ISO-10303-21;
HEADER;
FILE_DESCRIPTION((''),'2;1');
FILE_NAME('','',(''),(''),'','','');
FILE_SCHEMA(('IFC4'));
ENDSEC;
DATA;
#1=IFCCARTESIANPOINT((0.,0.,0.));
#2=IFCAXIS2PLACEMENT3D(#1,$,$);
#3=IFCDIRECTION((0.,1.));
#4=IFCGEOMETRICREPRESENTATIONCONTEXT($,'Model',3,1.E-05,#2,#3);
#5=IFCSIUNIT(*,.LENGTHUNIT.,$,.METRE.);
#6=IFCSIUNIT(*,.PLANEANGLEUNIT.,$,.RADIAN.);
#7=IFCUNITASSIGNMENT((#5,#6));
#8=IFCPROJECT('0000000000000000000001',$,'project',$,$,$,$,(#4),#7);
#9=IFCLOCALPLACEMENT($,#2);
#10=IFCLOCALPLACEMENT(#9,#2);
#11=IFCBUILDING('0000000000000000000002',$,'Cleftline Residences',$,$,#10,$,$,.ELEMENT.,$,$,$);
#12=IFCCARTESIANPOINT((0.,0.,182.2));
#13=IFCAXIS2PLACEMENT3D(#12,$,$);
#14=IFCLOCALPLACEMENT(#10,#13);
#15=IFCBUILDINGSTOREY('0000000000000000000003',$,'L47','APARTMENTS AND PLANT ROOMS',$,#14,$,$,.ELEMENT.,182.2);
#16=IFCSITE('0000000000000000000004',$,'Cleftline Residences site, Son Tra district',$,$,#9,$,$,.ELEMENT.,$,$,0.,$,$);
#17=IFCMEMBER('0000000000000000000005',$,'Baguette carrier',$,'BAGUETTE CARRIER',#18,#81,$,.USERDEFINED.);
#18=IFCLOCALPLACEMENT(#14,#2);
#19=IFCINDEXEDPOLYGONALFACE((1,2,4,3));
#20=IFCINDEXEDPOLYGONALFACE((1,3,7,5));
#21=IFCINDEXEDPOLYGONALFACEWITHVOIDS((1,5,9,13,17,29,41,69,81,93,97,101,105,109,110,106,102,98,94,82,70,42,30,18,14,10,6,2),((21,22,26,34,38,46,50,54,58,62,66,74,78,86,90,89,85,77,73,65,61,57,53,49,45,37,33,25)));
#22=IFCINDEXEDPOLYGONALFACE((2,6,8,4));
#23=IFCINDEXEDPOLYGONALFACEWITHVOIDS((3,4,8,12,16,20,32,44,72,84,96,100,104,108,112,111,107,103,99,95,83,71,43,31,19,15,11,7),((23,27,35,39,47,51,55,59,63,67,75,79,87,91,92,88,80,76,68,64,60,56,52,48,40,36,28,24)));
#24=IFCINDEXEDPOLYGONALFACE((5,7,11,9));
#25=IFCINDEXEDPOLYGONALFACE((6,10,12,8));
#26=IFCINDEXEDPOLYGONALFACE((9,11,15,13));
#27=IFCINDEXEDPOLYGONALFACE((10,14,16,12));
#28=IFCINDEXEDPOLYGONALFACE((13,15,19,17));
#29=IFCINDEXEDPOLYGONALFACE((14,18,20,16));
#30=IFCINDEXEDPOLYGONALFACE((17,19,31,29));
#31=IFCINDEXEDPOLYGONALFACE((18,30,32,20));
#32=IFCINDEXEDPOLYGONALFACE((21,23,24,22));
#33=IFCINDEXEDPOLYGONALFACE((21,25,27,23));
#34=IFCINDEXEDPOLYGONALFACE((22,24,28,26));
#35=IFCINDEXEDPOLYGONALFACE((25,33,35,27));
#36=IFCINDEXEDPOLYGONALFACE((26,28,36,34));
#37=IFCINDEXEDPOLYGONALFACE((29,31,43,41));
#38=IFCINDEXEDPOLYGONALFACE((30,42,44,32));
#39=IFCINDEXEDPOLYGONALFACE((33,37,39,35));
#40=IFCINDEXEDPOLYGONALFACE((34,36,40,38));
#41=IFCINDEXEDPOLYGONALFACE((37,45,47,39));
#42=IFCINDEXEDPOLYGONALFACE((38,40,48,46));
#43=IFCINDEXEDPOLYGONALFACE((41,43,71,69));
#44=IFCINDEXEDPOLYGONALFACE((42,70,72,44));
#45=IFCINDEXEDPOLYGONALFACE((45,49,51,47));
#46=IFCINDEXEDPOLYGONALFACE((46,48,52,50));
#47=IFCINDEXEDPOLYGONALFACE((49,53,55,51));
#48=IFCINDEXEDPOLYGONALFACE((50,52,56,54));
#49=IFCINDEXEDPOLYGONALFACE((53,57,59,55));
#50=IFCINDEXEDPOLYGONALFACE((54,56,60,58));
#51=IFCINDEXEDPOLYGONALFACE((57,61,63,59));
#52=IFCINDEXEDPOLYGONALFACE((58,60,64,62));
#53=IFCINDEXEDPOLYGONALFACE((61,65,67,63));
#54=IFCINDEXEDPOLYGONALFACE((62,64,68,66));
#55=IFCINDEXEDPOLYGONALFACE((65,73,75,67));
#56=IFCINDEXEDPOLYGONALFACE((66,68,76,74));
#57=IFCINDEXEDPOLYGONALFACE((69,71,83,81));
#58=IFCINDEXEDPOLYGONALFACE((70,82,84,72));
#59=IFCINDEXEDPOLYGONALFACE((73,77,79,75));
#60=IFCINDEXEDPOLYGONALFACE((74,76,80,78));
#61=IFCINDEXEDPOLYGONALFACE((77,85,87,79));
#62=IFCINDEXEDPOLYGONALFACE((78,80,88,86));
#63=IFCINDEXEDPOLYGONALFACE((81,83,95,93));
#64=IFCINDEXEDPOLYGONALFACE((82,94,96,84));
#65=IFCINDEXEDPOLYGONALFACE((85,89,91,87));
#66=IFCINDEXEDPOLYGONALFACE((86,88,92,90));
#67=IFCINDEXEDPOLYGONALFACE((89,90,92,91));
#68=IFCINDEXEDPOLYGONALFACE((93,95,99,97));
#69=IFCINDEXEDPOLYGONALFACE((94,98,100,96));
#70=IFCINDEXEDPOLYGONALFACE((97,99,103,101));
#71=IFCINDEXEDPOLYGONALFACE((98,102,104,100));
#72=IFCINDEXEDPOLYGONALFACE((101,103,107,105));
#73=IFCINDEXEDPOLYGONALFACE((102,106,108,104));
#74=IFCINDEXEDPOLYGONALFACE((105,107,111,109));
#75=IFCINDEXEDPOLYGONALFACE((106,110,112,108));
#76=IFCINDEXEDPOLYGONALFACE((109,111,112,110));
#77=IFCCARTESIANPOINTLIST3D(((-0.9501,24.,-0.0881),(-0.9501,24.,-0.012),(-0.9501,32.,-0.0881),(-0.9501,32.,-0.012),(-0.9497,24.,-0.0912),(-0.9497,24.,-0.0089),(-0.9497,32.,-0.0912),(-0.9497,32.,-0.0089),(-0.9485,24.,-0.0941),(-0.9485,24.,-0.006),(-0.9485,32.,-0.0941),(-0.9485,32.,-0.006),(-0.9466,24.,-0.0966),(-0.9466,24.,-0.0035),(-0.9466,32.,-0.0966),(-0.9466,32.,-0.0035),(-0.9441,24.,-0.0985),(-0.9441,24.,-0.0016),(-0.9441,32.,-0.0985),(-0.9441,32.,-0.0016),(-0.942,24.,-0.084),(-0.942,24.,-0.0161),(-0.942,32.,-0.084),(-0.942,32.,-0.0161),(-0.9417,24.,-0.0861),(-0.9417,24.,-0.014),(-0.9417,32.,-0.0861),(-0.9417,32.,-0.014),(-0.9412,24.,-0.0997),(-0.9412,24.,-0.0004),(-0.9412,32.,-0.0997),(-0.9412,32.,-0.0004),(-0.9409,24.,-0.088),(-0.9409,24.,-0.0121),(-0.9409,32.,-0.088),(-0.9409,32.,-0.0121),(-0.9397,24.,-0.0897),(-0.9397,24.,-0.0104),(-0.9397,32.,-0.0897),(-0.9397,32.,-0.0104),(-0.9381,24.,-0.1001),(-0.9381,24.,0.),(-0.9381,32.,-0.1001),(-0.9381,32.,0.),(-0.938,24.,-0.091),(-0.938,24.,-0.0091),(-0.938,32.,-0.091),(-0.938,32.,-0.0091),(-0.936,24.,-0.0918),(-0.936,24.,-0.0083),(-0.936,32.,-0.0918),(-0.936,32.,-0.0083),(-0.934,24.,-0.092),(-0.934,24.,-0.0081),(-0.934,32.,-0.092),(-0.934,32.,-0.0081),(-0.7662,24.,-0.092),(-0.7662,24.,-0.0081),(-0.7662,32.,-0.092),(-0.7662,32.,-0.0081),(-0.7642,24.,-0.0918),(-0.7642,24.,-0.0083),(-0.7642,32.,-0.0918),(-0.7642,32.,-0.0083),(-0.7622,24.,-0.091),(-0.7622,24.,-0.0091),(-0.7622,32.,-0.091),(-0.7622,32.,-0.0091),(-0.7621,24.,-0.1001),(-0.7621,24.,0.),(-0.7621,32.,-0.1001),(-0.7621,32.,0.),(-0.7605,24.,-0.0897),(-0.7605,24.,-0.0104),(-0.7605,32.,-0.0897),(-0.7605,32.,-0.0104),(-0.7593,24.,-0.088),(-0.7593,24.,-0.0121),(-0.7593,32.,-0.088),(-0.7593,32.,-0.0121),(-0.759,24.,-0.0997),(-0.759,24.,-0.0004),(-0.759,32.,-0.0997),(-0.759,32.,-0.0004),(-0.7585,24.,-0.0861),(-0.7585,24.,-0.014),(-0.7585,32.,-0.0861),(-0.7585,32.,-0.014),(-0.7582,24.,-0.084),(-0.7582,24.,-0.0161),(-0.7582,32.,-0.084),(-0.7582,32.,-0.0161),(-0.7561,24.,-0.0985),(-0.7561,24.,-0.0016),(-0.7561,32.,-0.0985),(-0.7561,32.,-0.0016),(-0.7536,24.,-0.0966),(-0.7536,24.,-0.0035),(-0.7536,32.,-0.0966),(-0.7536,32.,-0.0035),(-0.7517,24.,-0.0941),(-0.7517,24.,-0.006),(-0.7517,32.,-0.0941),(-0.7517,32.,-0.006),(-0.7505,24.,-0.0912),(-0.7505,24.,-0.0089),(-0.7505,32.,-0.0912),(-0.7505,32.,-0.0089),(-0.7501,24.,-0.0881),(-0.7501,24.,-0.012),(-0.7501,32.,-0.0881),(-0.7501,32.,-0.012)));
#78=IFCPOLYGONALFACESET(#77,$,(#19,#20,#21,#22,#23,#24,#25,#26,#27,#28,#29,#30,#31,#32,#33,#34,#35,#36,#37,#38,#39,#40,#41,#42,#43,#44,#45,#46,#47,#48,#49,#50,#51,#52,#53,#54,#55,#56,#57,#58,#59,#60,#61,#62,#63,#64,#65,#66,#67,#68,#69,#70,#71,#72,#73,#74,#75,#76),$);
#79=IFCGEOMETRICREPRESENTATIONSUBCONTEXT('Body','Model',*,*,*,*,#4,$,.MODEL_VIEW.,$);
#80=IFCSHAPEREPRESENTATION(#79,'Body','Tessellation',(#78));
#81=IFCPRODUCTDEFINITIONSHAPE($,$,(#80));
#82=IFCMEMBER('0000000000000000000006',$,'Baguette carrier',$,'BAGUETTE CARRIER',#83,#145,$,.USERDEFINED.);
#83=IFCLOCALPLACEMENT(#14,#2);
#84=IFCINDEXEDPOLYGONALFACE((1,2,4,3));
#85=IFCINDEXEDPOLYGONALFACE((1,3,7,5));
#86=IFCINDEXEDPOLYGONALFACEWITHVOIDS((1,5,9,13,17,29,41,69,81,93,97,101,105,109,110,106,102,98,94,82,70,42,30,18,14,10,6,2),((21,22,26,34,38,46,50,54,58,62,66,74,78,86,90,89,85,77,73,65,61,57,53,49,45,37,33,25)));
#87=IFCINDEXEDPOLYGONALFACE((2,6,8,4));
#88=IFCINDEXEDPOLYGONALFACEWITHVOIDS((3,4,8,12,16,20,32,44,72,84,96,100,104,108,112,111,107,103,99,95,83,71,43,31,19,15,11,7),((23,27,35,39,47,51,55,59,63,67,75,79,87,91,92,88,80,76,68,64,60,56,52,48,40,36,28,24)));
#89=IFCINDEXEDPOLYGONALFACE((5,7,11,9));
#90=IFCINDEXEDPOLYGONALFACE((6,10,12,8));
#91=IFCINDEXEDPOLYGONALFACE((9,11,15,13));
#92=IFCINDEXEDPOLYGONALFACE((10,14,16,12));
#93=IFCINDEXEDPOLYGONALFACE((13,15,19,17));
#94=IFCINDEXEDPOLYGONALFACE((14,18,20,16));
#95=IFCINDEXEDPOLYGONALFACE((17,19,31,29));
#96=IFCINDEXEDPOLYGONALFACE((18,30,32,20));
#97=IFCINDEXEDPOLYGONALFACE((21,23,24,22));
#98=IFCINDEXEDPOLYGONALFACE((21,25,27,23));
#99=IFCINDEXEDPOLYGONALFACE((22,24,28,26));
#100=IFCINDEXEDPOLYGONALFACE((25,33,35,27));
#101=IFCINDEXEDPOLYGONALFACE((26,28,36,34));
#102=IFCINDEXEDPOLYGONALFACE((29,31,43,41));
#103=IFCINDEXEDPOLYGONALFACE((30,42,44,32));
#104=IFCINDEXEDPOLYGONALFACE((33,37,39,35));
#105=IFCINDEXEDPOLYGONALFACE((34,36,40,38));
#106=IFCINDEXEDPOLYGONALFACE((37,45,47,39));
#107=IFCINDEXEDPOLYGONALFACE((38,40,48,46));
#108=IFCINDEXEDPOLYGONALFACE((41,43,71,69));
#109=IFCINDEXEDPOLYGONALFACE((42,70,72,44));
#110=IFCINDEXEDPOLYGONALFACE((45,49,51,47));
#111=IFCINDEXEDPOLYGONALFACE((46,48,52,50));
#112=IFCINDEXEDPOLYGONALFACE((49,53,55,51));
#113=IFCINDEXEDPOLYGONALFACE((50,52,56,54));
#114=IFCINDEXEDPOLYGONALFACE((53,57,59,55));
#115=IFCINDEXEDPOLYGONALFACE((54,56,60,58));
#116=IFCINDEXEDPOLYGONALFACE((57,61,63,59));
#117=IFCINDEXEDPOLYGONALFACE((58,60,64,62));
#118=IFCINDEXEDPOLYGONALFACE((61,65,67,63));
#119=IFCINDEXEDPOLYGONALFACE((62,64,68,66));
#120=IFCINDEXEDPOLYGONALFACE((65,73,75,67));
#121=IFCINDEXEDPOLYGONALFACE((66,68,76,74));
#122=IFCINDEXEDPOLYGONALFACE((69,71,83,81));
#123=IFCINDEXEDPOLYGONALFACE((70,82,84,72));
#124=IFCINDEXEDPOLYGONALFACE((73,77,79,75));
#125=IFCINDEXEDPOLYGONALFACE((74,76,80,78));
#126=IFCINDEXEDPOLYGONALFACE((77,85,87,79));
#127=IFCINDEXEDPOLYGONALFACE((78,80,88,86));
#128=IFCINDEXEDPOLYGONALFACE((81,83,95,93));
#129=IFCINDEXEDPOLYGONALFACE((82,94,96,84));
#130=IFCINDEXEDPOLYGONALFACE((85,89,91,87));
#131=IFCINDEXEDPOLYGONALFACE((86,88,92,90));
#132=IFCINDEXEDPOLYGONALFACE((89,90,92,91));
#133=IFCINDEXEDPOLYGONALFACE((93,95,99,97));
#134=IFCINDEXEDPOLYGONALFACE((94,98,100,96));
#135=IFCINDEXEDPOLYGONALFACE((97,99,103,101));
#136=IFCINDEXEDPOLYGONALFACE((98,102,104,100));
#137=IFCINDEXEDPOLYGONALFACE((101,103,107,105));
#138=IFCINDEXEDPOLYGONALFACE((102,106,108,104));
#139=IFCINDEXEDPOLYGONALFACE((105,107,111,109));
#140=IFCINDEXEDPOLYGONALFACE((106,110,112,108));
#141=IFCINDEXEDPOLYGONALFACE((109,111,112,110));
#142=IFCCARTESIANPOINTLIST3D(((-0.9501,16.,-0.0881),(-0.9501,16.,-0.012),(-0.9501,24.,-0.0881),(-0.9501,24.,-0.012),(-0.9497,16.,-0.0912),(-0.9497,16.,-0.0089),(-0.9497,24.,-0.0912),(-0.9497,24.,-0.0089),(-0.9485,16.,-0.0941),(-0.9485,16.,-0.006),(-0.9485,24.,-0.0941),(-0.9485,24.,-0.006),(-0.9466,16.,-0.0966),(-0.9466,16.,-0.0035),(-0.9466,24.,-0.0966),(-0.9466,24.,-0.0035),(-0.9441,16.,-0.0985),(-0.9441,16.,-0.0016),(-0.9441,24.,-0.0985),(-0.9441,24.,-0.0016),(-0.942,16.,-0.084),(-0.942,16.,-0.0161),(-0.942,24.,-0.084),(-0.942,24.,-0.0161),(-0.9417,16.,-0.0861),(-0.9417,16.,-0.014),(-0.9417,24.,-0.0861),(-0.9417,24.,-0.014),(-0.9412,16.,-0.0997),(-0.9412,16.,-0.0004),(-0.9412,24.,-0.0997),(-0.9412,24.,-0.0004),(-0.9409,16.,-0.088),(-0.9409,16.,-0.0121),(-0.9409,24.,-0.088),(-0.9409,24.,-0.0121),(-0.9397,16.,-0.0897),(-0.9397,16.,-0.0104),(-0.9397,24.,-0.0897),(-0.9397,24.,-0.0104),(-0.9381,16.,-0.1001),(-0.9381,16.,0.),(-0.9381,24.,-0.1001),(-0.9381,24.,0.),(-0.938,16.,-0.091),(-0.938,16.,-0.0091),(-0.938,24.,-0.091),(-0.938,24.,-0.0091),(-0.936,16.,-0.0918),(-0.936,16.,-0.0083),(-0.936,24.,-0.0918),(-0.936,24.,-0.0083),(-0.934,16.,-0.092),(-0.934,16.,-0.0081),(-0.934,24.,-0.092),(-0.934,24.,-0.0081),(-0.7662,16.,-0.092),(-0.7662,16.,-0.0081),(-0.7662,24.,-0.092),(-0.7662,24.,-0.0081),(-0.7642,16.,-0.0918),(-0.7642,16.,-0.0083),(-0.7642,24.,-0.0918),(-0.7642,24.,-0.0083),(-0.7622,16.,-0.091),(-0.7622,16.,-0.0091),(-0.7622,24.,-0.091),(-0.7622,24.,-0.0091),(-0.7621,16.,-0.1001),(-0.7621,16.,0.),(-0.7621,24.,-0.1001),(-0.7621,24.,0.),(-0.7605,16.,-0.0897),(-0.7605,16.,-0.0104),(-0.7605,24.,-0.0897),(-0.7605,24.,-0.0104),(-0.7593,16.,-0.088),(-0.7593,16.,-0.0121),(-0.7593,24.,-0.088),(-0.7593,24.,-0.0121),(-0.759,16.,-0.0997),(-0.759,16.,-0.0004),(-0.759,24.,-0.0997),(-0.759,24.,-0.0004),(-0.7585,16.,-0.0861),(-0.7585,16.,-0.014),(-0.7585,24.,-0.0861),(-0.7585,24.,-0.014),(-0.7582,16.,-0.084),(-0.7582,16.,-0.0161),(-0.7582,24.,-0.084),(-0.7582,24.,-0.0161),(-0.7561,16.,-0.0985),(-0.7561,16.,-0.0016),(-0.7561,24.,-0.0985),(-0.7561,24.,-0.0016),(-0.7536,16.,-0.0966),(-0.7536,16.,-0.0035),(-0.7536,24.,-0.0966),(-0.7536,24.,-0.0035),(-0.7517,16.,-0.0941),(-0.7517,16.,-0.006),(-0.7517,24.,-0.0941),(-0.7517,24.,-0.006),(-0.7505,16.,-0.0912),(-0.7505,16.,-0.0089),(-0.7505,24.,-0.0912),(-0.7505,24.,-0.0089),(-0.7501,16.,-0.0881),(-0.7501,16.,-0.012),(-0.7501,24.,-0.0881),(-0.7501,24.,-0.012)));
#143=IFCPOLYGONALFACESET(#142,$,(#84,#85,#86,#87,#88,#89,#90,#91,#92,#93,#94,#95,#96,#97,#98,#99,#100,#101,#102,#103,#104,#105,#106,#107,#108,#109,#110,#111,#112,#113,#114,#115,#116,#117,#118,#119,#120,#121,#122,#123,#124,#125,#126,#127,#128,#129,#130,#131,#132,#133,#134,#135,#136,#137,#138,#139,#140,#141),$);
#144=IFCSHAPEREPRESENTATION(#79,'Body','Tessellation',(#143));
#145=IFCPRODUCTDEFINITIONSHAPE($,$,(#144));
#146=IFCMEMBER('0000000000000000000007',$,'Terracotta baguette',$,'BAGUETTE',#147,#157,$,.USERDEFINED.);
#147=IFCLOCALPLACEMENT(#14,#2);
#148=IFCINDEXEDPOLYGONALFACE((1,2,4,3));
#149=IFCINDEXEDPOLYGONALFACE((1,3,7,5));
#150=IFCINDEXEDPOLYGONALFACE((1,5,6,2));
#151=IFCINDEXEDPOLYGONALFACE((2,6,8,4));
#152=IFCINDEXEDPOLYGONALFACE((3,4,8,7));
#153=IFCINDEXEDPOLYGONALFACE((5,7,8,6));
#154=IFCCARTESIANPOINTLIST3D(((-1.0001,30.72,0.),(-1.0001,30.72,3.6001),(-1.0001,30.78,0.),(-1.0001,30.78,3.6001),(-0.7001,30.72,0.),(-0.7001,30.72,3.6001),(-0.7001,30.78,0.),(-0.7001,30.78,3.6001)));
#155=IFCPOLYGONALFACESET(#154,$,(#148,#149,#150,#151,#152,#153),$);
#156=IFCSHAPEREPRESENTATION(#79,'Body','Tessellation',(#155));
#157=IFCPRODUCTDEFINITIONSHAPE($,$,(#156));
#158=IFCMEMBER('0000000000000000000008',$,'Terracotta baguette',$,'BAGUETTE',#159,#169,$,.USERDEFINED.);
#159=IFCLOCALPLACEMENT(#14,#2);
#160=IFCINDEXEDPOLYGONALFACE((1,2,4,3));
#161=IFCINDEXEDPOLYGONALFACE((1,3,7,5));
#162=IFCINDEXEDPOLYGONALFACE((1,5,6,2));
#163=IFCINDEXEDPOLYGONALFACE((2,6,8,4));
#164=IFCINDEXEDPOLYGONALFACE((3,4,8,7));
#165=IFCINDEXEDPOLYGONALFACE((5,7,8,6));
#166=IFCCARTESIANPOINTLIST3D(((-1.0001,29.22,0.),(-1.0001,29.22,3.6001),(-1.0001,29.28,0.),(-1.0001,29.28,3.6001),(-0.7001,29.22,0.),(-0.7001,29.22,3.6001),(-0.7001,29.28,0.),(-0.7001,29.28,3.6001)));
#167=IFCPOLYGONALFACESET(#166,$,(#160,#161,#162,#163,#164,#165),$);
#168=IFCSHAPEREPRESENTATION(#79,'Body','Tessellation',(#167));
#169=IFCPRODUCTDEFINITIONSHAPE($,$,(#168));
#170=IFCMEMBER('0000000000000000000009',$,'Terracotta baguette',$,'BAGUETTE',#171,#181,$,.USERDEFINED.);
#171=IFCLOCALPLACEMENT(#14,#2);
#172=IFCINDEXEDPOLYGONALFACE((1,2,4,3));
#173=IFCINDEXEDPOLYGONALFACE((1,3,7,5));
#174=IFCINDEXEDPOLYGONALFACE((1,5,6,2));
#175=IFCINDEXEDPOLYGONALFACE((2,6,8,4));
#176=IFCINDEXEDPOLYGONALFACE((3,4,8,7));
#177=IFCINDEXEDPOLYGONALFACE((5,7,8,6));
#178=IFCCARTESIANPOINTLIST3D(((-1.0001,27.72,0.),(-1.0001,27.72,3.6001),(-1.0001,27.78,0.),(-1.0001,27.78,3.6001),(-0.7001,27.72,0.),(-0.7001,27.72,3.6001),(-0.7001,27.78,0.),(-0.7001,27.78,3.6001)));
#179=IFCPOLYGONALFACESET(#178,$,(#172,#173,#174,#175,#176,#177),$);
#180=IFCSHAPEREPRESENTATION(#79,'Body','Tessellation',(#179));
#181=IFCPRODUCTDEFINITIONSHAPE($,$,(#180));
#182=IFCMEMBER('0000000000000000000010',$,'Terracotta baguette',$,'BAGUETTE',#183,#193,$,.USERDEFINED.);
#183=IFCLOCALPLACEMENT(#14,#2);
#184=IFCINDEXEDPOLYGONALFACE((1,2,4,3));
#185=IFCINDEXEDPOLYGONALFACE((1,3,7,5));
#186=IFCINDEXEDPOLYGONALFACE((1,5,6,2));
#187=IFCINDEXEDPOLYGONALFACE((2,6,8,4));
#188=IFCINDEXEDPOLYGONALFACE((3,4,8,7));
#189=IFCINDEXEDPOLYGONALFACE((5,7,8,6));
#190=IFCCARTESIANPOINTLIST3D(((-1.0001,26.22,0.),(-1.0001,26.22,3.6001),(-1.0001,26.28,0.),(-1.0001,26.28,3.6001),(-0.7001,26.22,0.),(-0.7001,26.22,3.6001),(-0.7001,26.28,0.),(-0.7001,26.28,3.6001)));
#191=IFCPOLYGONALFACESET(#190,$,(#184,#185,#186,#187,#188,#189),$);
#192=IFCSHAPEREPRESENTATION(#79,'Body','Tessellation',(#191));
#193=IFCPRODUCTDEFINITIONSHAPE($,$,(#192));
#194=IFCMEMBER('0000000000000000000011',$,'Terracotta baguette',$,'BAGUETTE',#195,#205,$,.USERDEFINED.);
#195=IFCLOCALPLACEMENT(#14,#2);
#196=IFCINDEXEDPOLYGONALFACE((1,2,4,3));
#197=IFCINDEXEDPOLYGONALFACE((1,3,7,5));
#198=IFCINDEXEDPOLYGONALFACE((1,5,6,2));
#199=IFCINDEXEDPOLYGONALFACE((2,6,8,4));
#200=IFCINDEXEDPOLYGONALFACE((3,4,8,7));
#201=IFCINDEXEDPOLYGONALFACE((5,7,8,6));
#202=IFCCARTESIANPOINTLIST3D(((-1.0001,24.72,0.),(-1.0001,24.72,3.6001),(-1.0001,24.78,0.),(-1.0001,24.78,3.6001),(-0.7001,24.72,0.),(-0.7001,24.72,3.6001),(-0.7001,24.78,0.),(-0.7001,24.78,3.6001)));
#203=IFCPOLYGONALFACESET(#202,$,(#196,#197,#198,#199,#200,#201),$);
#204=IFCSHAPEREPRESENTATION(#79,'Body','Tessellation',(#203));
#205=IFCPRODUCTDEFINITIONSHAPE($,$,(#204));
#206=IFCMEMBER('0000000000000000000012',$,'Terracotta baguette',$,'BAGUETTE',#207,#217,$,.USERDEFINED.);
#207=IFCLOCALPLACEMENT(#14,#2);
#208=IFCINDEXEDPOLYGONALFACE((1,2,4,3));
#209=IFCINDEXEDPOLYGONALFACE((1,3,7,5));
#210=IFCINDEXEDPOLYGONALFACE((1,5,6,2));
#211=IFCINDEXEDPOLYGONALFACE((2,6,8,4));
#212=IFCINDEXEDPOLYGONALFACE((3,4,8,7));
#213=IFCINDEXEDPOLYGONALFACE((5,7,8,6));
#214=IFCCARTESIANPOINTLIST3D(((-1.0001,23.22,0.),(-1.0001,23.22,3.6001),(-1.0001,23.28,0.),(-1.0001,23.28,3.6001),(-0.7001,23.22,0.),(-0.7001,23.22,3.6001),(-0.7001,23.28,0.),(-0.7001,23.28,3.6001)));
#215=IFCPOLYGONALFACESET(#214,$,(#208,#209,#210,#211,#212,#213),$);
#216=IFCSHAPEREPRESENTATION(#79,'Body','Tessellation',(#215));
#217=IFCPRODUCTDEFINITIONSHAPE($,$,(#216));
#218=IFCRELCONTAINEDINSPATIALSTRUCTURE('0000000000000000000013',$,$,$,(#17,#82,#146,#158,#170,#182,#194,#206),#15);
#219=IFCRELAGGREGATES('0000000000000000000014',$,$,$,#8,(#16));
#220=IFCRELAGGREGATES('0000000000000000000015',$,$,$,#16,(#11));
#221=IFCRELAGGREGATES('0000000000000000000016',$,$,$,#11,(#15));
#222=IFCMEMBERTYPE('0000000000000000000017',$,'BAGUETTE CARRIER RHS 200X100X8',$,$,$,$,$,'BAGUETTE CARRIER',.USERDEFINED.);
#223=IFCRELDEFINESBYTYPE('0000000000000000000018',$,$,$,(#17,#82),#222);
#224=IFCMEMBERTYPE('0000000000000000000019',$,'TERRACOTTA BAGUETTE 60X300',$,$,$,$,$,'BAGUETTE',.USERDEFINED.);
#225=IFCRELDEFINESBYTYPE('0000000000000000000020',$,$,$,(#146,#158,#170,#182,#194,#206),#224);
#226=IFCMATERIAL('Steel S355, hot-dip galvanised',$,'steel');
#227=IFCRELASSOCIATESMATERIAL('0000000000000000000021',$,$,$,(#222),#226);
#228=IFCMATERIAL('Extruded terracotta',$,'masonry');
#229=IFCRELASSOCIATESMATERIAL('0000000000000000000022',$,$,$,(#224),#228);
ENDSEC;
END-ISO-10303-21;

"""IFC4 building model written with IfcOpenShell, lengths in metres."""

from ifc_helpers import new_model, si_unit, direction, frame, origin, origin_2d, place, context, subcontext, project, spatial, rectangle, hollow_rectangle, extrude, material, material_profile, profile_set, type_object, element, save


model = new_model("IFC4")

# Units and contexts
model_context = context("Model", 3, precision=1e-05, world=origin(), true_north=direction((0.0, 1.0)))
body_context = subcontext(model_context, "Body", "Model", "MODEL_VIEW")
ifc_project = project(units=[si_unit("LENGTHUNIT", "METRE"), si_unit("PLANEANGLEUNIT", "RADIAN")], contexts=[model_context])

# Site, building, storey
site_placement = place(None, origin())
site = spatial("IfcSite", under=ifc_project, at=site_placement, Name="Cleftline Residences site, Son Tra district", CompositionType="ELEMENT", RefElevation=0.0)
building_placement = place(site_placement, origin())
building = spatial("IfcBuilding", under=site, at=building_placement, Name="Cleftline Residences", CompositionType="ELEMENT")
storey_placement = place(building_placement, frame((0.0, 0.0, 182.2)))
storey = spatial("IfcBuildingStorey", under=building, at=storey_placement, Name="L47", Description="APARTMENTS AND PLANT ROOMS", CompositionType="ELEMENT", Elevation=182.2)

# Members
ifc_material_1 = material(Name="Steel S355, hot-dip galvanised", Category="steel")
ifc_material_profile_1 = material_profile(ifc_material_1, hollow_rectangle(XDim=0.1001, YDim=0.2, WallThickness=0.0081, InnerFilletRadius=0.0081, OuterFilletRadius=0.012, at=origin_2d()))
ifc_profile_set_1 = profile_set([ifc_material_profile_1], Name="Steel S355, hot-dip galvanised")
member_type_1 = type_object("IfcMemberType", Name="BAGUETTE CARRIER RHS 200X100X8", ElementType="BAGUETTE CARRIER", PredefinedType="USERDEFINED", material=ifc_profile_set_1)
for number, where, z_axis, x_axis, name in (
    (1, (-0.8501, 32.0, -0.05), (0.0, -1.0, 0.0), (0.0, 0.0, 1.0), "Baguette carrier"),
    (2, (-0.8501, 24.0, -0.05), (0.0, -1.0, 0.0), (0.0, 0.0, 1.0), "Baguette carrier"),
):
    element("IfcMember", number, at=place(storey_placement, frame(where, z_axis=z_axis, x_axis=x_axis)), inside=storey, type_object=member_type_1, Name=name, ObjectType="BAGUETTE CARRIER", PredefinedType="USERDEFINED", context=body_context, shape_type="SweptSolid", body=[
        extrude(hollow_rectangle(XDim=0.1001, YDim=0.2, WallThickness=0.0081, InnerFilletRadius=0.0081, OuterFilletRadius=0.012, at=origin_2d()), origin(), (0.0, 0.0, 1.0), 8.0),
    ])
ifc_material_2 = material(Name="Extruded terracotta", Category="masonry")
ifc_material_profile_2 = material_profile(ifc_material_2, rectangle(XDim=0.0601, YDim=0.3, at=origin_2d()))
ifc_profile_set_2 = profile_set([ifc_material_profile_2], Name="Extruded terracotta")
member_type_2 = type_object("IfcMemberType", Name="TERRACOTTA BAGUETTE 60X300", ElementType="BAGUETTE", PredefinedType="USERDEFINED", material=ifc_profile_set_2)
for number, where, z_axis, x_axis, name in (
    (3, (-0.8501, 30.75, 0.0), (0.0, 0.0, 1.0), (0.0, 1.0, 0.0), "Terracotta baguette"),
    (4, (-0.8501, 29.25, 0.0), (0.0, 0.0, 1.0), (0.0, 1.0, 0.0), "Terracotta baguette"),
    (5, (-0.8501, 27.75, 0.0), (0.0, 0.0, 1.0), (0.0, 1.0, 0.0), "Terracotta baguette"),
    (6, (-0.8501, 26.25, 0.0), (0.0, 0.0, 1.0), (0.0, 1.0, 0.0), "Terracotta baguette"),
    (7, (-0.8501, 24.75, 0.0), (0.0, 0.0, 1.0), (0.0, 1.0, 0.0), "Terracotta baguette"),
    (8, (-0.8501, 23.25, 0.0), (0.0, 0.0, 1.0), (0.0, 1.0, 0.0), "Terracotta baguette"),
):
    element("IfcMember", number, at=place(storey_placement, frame(where, z_axis=z_axis, x_axis=x_axis)), inside=storey, type_object=member_type_2, Name=name, ObjectType="BAGUETTE", PredefinedType="USERDEFINED", context=body_context, shape_type="SweptSolid", body=[
        extrude(rectangle(XDim=0.0601, YDim=0.3, at=origin_2d()), origin(), (0.0, 0.0, 1.0), 3.6001),
    ])

save(model, "model.ifc")
